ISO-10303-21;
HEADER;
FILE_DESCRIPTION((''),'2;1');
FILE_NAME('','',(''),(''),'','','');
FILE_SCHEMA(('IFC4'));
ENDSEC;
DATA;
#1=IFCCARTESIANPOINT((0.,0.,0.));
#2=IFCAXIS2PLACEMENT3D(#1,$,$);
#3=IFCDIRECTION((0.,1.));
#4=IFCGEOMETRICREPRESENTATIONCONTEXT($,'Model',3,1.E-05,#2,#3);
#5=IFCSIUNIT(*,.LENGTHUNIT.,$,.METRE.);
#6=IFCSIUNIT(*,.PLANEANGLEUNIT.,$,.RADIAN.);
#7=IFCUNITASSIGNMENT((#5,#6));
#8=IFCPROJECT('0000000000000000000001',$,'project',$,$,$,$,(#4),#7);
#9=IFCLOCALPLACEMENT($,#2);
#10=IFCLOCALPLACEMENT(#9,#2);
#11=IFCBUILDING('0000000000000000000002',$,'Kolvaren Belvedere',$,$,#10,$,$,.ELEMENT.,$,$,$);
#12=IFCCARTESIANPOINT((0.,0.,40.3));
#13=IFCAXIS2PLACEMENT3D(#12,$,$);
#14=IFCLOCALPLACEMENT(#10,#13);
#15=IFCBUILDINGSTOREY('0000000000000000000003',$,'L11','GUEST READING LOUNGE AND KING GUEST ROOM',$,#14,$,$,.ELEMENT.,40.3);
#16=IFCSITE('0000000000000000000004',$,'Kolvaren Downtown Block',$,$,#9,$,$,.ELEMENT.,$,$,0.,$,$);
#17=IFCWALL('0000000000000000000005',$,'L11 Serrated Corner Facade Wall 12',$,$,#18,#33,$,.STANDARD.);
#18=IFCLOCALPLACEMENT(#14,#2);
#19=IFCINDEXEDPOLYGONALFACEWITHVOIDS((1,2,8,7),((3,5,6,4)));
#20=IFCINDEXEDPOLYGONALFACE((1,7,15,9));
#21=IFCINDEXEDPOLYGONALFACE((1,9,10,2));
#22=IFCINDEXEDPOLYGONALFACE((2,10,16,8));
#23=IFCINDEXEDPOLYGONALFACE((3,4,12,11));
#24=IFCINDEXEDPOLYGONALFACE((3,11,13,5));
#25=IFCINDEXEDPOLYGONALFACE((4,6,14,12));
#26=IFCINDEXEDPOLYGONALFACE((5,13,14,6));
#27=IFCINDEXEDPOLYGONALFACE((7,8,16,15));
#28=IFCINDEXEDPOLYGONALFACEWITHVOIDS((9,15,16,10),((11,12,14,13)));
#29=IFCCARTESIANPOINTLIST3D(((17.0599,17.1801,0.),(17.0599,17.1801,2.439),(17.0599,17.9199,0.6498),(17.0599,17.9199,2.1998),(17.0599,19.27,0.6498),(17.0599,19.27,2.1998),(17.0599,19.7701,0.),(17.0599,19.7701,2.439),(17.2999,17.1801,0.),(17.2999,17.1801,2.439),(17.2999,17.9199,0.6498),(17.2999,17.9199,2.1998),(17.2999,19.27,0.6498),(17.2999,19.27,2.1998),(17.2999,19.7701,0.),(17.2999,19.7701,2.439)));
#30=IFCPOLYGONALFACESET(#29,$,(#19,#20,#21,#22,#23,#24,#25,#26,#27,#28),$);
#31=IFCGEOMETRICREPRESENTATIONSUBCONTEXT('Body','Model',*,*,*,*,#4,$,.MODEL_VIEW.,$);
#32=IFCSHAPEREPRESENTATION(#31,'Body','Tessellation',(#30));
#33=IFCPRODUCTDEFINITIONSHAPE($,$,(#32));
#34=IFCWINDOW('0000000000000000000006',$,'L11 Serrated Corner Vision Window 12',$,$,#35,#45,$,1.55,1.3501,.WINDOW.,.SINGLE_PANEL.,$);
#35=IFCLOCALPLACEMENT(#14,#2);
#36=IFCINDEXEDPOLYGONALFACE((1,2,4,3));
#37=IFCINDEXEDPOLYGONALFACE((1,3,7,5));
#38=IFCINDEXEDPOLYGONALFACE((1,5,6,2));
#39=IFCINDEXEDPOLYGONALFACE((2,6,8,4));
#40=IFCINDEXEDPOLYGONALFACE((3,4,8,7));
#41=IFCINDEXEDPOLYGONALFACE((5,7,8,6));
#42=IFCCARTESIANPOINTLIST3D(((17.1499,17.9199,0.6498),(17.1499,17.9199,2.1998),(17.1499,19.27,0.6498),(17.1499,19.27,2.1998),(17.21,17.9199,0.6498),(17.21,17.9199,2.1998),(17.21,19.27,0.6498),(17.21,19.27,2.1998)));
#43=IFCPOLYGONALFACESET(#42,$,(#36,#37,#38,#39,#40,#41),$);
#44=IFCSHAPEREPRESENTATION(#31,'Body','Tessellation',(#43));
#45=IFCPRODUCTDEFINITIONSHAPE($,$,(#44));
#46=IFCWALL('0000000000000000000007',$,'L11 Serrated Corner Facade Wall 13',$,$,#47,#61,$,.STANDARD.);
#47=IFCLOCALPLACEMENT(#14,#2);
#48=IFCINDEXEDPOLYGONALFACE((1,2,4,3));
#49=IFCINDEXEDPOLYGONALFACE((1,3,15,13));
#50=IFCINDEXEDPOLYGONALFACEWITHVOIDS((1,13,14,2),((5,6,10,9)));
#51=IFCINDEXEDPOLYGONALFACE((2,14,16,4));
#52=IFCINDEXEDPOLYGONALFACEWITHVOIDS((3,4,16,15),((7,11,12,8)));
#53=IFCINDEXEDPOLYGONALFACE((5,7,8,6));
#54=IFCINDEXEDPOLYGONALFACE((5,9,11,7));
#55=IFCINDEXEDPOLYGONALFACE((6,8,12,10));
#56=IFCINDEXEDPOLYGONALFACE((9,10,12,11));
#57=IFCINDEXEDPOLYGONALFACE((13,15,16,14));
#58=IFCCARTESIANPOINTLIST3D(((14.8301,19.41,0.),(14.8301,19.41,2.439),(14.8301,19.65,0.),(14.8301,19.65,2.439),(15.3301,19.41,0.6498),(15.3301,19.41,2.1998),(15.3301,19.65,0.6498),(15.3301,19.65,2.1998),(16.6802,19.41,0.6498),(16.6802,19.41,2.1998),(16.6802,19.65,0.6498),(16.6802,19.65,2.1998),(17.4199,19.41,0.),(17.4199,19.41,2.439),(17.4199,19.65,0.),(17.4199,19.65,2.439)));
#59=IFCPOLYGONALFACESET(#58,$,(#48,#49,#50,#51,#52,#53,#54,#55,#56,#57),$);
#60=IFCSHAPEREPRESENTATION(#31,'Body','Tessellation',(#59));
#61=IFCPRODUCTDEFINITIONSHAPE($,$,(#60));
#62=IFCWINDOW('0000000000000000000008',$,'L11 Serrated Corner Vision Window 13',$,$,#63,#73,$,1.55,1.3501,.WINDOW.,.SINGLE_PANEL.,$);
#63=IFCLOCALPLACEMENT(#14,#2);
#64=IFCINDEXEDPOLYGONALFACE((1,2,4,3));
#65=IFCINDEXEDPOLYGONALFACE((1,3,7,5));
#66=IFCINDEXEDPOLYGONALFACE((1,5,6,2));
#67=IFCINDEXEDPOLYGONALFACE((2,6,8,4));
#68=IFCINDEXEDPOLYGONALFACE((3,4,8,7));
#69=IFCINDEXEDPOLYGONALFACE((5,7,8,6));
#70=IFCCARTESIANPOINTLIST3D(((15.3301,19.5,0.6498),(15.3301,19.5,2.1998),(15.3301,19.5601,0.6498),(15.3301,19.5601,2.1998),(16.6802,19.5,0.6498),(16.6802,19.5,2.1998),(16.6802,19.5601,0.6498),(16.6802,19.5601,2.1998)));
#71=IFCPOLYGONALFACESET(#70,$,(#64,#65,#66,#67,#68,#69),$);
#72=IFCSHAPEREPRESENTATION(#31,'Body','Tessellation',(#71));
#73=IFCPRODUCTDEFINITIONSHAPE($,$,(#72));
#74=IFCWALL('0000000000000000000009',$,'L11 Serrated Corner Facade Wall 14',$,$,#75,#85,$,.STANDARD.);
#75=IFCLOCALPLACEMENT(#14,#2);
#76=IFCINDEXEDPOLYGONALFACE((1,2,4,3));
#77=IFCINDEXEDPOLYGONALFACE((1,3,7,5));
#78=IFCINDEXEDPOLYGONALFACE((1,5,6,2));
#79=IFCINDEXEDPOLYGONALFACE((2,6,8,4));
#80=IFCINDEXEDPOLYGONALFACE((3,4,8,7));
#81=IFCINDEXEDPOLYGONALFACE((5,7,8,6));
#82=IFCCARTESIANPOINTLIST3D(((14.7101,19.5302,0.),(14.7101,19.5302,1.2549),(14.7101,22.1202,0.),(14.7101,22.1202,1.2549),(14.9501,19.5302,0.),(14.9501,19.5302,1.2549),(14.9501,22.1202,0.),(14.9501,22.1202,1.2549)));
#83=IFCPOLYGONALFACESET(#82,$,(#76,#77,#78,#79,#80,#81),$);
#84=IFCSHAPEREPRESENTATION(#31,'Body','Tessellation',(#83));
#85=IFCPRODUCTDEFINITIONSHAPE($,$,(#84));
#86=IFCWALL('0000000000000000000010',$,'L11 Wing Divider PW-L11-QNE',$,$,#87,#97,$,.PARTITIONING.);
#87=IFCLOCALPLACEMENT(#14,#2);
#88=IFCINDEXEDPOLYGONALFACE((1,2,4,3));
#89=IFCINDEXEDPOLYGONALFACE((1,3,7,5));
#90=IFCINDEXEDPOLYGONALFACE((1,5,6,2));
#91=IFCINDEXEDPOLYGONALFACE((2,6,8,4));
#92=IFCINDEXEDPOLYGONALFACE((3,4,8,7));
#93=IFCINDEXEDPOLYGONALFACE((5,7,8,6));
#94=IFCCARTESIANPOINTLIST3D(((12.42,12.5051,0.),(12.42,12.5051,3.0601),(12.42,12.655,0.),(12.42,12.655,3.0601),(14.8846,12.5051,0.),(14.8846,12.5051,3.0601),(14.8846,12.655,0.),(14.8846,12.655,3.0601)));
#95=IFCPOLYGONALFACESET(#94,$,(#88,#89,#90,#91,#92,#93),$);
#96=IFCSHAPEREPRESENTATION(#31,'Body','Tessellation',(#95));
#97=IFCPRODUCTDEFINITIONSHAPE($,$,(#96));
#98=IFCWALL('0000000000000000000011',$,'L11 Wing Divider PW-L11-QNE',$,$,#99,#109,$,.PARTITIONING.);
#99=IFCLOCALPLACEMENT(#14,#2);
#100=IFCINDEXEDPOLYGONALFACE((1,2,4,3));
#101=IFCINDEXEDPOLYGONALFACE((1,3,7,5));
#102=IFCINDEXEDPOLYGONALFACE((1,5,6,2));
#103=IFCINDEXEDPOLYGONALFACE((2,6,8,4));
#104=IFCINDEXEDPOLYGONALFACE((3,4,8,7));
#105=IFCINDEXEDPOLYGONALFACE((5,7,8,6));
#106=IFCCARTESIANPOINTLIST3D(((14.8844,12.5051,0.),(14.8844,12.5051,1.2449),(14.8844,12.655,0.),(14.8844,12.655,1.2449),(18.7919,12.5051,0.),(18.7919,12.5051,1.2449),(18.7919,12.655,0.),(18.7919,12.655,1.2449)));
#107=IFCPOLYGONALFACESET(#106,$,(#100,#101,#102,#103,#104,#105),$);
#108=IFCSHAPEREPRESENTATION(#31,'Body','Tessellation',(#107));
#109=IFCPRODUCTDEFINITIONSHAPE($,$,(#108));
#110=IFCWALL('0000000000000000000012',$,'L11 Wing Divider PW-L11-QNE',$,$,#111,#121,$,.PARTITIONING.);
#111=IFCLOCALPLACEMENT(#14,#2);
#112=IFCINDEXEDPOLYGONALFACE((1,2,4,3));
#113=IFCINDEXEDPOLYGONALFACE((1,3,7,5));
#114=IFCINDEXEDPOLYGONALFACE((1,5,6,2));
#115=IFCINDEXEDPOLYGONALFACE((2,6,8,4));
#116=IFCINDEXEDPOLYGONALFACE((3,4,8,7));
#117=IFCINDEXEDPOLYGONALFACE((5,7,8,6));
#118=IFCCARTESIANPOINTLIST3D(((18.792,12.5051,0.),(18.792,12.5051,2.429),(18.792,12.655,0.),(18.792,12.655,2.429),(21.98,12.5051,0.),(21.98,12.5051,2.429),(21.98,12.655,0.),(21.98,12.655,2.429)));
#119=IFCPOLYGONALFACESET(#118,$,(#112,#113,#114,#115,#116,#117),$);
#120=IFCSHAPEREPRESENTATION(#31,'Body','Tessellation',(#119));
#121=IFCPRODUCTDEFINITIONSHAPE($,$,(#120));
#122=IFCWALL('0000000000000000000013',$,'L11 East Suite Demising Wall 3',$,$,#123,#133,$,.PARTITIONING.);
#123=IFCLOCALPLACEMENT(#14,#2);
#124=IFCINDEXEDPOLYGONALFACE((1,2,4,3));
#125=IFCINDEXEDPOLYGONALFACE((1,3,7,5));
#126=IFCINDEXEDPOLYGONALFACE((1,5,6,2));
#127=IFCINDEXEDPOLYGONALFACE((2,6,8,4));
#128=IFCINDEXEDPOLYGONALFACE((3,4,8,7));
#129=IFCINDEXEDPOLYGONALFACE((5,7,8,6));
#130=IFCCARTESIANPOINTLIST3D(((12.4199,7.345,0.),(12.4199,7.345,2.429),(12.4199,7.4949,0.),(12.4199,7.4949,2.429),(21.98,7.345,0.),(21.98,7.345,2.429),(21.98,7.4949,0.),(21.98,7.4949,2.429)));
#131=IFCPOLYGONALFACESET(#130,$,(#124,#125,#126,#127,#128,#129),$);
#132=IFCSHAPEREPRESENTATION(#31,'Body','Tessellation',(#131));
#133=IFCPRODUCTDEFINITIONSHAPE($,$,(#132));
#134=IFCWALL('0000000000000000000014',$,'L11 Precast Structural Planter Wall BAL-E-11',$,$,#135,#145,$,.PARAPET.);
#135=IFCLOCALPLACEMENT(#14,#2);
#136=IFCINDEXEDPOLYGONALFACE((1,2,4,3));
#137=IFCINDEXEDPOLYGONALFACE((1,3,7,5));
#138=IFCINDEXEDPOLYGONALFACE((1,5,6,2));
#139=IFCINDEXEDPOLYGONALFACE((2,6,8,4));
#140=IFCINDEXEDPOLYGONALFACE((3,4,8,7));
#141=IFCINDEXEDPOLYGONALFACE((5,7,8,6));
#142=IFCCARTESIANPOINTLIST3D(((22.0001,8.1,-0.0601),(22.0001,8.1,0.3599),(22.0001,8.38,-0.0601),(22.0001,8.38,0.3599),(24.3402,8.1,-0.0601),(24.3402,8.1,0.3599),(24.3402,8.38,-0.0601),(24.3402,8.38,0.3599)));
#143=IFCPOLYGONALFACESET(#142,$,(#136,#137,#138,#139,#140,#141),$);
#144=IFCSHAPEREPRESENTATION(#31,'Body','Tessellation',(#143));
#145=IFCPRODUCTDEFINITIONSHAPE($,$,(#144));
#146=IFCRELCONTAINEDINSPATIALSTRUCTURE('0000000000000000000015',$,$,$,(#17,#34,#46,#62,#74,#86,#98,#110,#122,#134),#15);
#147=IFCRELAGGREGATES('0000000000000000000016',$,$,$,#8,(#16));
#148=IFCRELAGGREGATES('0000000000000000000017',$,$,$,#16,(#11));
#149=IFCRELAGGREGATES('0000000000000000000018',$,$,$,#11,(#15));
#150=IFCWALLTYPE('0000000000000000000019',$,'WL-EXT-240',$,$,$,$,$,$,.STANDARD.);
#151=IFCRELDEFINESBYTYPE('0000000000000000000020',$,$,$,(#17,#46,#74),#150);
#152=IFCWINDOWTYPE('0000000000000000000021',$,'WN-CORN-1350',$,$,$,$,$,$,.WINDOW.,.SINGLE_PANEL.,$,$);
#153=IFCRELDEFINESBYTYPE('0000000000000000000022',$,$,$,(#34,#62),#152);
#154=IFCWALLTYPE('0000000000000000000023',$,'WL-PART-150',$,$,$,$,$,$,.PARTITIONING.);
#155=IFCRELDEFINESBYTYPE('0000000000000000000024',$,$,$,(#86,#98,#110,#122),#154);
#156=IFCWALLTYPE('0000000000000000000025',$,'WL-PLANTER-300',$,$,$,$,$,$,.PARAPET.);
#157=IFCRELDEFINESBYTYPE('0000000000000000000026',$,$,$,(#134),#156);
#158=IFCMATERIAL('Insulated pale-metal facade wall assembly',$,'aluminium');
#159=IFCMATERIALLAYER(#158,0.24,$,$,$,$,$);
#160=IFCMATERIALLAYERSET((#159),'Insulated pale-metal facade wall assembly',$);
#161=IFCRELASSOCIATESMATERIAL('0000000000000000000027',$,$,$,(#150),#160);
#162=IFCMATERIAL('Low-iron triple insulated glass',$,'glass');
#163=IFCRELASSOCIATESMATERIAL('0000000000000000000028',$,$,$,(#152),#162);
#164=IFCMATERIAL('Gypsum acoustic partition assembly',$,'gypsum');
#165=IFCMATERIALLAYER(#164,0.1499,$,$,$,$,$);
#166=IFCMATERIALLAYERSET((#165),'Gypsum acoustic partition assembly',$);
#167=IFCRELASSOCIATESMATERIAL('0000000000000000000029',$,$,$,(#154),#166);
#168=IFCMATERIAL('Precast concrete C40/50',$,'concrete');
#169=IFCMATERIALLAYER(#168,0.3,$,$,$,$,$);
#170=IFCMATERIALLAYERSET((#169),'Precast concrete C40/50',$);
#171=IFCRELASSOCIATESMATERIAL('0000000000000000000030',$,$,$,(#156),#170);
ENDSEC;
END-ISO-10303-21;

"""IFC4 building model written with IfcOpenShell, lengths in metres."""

from ifc_helpers import new_model, si_unit, direction, frame, frame_2d, origin, place, context, subcontext, project, spatial, rectangle, extrude, material, layer, layer_set, type_object, element, fill, save


model = new_model("IFC4")

# Units and contexts
model_context = context("Model", 3, precision=1e-05, world=origin(), true_north=direction((0.0, 1.0)))
body_context = subcontext(model_context, "Body", "Model", "MODEL_VIEW")
ifc_project = project(units=[si_unit("LENGTHUNIT", "METRE"), si_unit("PLANEANGLEUNIT", "RADIAN")], contexts=[model_context])

# Site, building, storey
site_placement = place(None, origin())
site = spatial("IfcSite", under=ifc_project, at=site_placement, Name="Kolvaren Downtown Block", CompositionType="ELEMENT", RefElevation=0.0)
building_placement = place(site_placement, origin())
building = spatial("IfcBuilding", under=site, at=building_placement, Name="Kolvaren Belvedere", CompositionType="ELEMENT")
storey_placement = place(building_placement, frame((0.0, 0.0, 40.3)))
storey = spatial("IfcBuildingStorey", under=building, at=storey_placement, Name="L11", Description="GUEST READING LOUNGE AND KING GUEST ROOM", CompositionType="ELEMENT", Elevation=40.3)

# Shared definitions
ifc_material_1 = material(Name="Insulated pale-metal facade wall assembly", Category="aluminium")
ifc_layer_1 = layer(ifc_material_1, 0.24)
ifc_layer_set_1 = layer_set([ifc_layer_1], Name="Insulated pale-metal facade wall assembly")
wall_type_1 = type_object("IfcWallType", Name="WL-EXT-240", PredefinedType="STANDARD", material=ifc_layer_set_1)

# Walls, openings, windows
ifc_material_2 = material(Name="Low-iron triple insulated glass", Category="glass")
window_type = type_object("IfcWindowType", Name="WN-CORN-1350", PartitioningType="SINGLE_PANEL", PredefinedType="WINDOW", material=ifc_material_2)
wall_1_placement = place(storey_placement, frame((17.1799, 19.77, 0.0), z_axis=(0.0, 0.0, 1.0), x_axis=(0.0, -1.0, 0.0)))
wall_1 = element("IfcWall", 1, at=wall_1_placement, inside=storey, type_object=wall_type_1, Name="L11 Serrated Corner Facade Wall 12", PredefinedType="STANDARD", context=body_context, shape_type="SweptSolid", body=[
    extrude(rectangle(XDim=2.5901, YDim=0.24, at=frame_2d((1.2949, 0.0))), origin(), (0.0, 0.0, 1.0), 2.439),
])
opening_1_placement = place(wall_1_placement, frame((0.5, 0.0, 0.6499)))
opening_1 = element("IfcOpeningElement", 2, at=opening_1_placement, cuts=wall_1, PredefinedType="OPENING", context=body_context, shape_type="SweptSolid", body=[
    extrude(rectangle(XDim=1.3501, YDim=1.55, at=frame_2d((0.675, 0.7749))), frame((0.0, 0.1299, 0.0), z_axis=(0.0, -1.0, 0.0), x_axis=(1.0, 0.0, 0.0)), (0.0, 0.0, 1.0), 0.26),
])
window_1_placement = place(opening_1_placement, origin())
window_1 = element("IfcWindow", 3, at=window_1_placement, inside=storey, type_object=window_type, Name="L11 Serrated Corner Vision Window 12", OverallHeight=1.55, OverallWidth=1.3501, PartitioningType="SINGLE_PANEL", PredefinedType="WINDOW", context=body_context, shape_type="SweptSolid", body=[
    extrude(rectangle(XDim=1.3501, YDim=1.55, at=frame_2d((0.675, 0.7749))), frame((0.0, 0.03, 0.0), z_axis=(0.0, -1.0, 0.0), x_axis=(1.0, 0.0, 0.0)), (0.0, 0.0, 1.0), 0.0601),
])
fill(opening_1, window_1)
wall_2_placement = place(storey_placement, frame((14.8301, 19.53, 0.0), z_axis=(0.0, 0.0, 1.0), x_axis=(1.0, 0.0, 0.0)))
wall_2 = element("IfcWall", 4, at=wall_2_placement, inside=storey, type_object=wall_type_1, Name="L11 Serrated Corner Facade Wall 13", PredefinedType="STANDARD", context=body_context, shape_type="SweptSolid", body=[
    extrude(rectangle(XDim=2.5898, YDim=0.24, at=frame_2d((1.2949, 0.0))), origin(), (0.0, 0.0, 1.0), 2.439),
])
opening_2_placement = place(wall_2_placement, frame((0.5, 0.0, 0.6499)))
opening_2 = element("IfcOpeningElement", 5, at=opening_2_placement, cuts=wall_2, PredefinedType="OPENING", context=body_context, shape_type="SweptSolid", body=[
    extrude(rectangle(XDim=1.3501, YDim=1.55, at=frame_2d((0.675, 0.7749))), frame((0.0, 0.1299, 0.0), z_axis=(0.0, -1.0, 0.0), x_axis=(1.0, 0.0, 0.0)), (0.0, 0.0, 1.0), 0.26),
])
window_2_placement = place(opening_2_placement, origin())
window_2 = element("IfcWindow", 6, at=window_2_placement, inside=storey, type_object=window_type, Name="L11 Serrated Corner Vision Window 13", OverallHeight=1.55, OverallWidth=1.3501, PartitioningType="SINGLE_PANEL", PredefinedType="WINDOW", context=body_context, shape_type="SweptSolid", body=[
    extrude(rectangle(XDim=1.3501, YDim=1.55, at=frame_2d((0.675, 0.7749))), frame((0.0, 0.03, 0.0), z_axis=(0.0, -1.0, 0.0), x_axis=(1.0, 0.0, 0.0)), (0.0, 0.0, 1.0), 0.0601),
])
fill(opening_2, window_2)

# Walls
wall_3_placement = place(storey_placement, frame((14.8301, 22.1201, 0.0), z_axis=(0.0, 0.0, 1.0), x_axis=(0.0, -1.0, 0.0)))
element("IfcWall", 7, at=wall_3_placement, inside=storey, type_object=wall_type_1, Name="L11 Serrated Corner Facade Wall 14", PredefinedType="STANDARD", context=body_context, shape_type="SweptSolid", body=[
    extrude(rectangle(XDim=2.5901, YDim=0.24, at=frame_2d((1.2949, 0.0))), origin(), (0.0, 0.0, 1.0), 1.2549),
])
ifc_material_3 = material(Name="Gypsum acoustic partition assembly", Category="gypsum")
ifc_layer_2 = layer(ifc_material_3, 0.1499)
ifc_layer_set_2 = layer_set([ifc_layer_2], Name="Gypsum acoustic partition assembly")
wall_type_2 = type_object("IfcWallType", Name="WL-PART-150", PredefinedType="PARTITIONING", material=ifc_layer_set_2)
wall_4_placement = place(storey_placement, frame((12.4199, 12.5801, 0.0), z_axis=(0.0, 0.0, 1.0), x_axis=(1.0, 0.0, 0.0)))
element("IfcWall", 8, at=wall_4_placement, inside=storey, type_object=wall_type_2, Name="L11 Wing Divider PW-L11-QNE", PredefinedType="PARTITIONING", context=body_context, shape_type="SweptSolid", body=[
    extrude(rectangle(XDim=2.4646, YDim=0.1499, at=frame_2d((1.2324, 0.0))), origin(), (0.0, 0.0, 1.0), 3.0601),
])
wall_5_placement = place(storey_placement, frame((14.8845, 12.5801, 0.0), z_axis=(0.0, 0.0, 1.0), x_axis=(1.0, 0.0, 0.0)))
element("IfcWall", 9, at=wall_5_placement, inside=storey, type_object=wall_type_2, Name="L11 Wing Divider PW-L11-QNE", PredefinedType="PARTITIONING", context=body_context, shape_type="SweptSolid", body=[
    extrude(rectangle(XDim=3.9075, YDim=0.1499, at=frame_2d((1.9536, 0.0))), origin(), (0.0, 0.0, 1.0), 1.2449),
])
wall_6_placement = place(storey_placement, frame((18.792, 12.5801, 0.0), z_axis=(0.0, 0.0, 1.0), x_axis=(1.0, 0.0, 0.0)))
element("IfcWall", 10, at=wall_6_placement, inside=storey, type_object=wall_type_2, Name="L11 Wing Divider PW-L11-QNE", PredefinedType="PARTITIONING", context=body_context, shape_type="SweptSolid", body=[
    extrude(rectangle(XDim=3.188, YDim=0.1499, at=frame_2d((1.594, 0.0))), origin(), (0.0, 0.0, 1.0), 2.429),
])
wall_7_placement = place(storey_placement, frame((12.4199, 7.4199, 0.0), z_axis=(0.0, 0.0, 1.0), x_axis=(1.0, 0.0, 0.0)))
element("IfcWall", 11, at=wall_7_placement, inside=storey, type_object=wall_type_2, Name="L11 East Suite Demising Wall 3", PredefinedType="PARTITIONING", context=body_context, shape_type="SweptSolid", body=[
    extrude(rectangle(XDim=9.5601, YDim=0.1499, at=frame_2d((4.78, 0.0))), origin(), (0.0, 0.0, 1.0), 2.429),
])
ifc_material_4 = material(Name="Precast concrete C40/50", Category="concrete")
ifc_layer_3 = layer(ifc_material_4, 0.3)
ifc_layer_set_3 = layer_set([ifc_layer_3], Name="Precast concrete C40/50")
wall_type_3 = type_object("IfcWallType", Name="WL-PLANTER-300", PredefinedType="PARAPET", material=ifc_layer_set_3)
wall_8_placement = place(storey_placement, frame((24.3401, 8.24, -0.0601), z_axis=(0.0, 0.0, 1.0), x_axis=(-1.0, 0.0, 0.0)))
element("IfcWall", 12, at=wall_8_placement, inside=storey, type_object=wall_type_3, Name="L11 Precast Structural Planter Wall BAL-E-11", PredefinedType="PARAPET", context=body_context, shape_type="SweptSolid", body=[
    extrude(rectangle(XDim=2.3401, YDim=0.28, at=frame_2d((1.1699, 0.0))), origin(), (0.0, 0.0, 1.0), 0.4199),
])

save(model, "model.ifc")
